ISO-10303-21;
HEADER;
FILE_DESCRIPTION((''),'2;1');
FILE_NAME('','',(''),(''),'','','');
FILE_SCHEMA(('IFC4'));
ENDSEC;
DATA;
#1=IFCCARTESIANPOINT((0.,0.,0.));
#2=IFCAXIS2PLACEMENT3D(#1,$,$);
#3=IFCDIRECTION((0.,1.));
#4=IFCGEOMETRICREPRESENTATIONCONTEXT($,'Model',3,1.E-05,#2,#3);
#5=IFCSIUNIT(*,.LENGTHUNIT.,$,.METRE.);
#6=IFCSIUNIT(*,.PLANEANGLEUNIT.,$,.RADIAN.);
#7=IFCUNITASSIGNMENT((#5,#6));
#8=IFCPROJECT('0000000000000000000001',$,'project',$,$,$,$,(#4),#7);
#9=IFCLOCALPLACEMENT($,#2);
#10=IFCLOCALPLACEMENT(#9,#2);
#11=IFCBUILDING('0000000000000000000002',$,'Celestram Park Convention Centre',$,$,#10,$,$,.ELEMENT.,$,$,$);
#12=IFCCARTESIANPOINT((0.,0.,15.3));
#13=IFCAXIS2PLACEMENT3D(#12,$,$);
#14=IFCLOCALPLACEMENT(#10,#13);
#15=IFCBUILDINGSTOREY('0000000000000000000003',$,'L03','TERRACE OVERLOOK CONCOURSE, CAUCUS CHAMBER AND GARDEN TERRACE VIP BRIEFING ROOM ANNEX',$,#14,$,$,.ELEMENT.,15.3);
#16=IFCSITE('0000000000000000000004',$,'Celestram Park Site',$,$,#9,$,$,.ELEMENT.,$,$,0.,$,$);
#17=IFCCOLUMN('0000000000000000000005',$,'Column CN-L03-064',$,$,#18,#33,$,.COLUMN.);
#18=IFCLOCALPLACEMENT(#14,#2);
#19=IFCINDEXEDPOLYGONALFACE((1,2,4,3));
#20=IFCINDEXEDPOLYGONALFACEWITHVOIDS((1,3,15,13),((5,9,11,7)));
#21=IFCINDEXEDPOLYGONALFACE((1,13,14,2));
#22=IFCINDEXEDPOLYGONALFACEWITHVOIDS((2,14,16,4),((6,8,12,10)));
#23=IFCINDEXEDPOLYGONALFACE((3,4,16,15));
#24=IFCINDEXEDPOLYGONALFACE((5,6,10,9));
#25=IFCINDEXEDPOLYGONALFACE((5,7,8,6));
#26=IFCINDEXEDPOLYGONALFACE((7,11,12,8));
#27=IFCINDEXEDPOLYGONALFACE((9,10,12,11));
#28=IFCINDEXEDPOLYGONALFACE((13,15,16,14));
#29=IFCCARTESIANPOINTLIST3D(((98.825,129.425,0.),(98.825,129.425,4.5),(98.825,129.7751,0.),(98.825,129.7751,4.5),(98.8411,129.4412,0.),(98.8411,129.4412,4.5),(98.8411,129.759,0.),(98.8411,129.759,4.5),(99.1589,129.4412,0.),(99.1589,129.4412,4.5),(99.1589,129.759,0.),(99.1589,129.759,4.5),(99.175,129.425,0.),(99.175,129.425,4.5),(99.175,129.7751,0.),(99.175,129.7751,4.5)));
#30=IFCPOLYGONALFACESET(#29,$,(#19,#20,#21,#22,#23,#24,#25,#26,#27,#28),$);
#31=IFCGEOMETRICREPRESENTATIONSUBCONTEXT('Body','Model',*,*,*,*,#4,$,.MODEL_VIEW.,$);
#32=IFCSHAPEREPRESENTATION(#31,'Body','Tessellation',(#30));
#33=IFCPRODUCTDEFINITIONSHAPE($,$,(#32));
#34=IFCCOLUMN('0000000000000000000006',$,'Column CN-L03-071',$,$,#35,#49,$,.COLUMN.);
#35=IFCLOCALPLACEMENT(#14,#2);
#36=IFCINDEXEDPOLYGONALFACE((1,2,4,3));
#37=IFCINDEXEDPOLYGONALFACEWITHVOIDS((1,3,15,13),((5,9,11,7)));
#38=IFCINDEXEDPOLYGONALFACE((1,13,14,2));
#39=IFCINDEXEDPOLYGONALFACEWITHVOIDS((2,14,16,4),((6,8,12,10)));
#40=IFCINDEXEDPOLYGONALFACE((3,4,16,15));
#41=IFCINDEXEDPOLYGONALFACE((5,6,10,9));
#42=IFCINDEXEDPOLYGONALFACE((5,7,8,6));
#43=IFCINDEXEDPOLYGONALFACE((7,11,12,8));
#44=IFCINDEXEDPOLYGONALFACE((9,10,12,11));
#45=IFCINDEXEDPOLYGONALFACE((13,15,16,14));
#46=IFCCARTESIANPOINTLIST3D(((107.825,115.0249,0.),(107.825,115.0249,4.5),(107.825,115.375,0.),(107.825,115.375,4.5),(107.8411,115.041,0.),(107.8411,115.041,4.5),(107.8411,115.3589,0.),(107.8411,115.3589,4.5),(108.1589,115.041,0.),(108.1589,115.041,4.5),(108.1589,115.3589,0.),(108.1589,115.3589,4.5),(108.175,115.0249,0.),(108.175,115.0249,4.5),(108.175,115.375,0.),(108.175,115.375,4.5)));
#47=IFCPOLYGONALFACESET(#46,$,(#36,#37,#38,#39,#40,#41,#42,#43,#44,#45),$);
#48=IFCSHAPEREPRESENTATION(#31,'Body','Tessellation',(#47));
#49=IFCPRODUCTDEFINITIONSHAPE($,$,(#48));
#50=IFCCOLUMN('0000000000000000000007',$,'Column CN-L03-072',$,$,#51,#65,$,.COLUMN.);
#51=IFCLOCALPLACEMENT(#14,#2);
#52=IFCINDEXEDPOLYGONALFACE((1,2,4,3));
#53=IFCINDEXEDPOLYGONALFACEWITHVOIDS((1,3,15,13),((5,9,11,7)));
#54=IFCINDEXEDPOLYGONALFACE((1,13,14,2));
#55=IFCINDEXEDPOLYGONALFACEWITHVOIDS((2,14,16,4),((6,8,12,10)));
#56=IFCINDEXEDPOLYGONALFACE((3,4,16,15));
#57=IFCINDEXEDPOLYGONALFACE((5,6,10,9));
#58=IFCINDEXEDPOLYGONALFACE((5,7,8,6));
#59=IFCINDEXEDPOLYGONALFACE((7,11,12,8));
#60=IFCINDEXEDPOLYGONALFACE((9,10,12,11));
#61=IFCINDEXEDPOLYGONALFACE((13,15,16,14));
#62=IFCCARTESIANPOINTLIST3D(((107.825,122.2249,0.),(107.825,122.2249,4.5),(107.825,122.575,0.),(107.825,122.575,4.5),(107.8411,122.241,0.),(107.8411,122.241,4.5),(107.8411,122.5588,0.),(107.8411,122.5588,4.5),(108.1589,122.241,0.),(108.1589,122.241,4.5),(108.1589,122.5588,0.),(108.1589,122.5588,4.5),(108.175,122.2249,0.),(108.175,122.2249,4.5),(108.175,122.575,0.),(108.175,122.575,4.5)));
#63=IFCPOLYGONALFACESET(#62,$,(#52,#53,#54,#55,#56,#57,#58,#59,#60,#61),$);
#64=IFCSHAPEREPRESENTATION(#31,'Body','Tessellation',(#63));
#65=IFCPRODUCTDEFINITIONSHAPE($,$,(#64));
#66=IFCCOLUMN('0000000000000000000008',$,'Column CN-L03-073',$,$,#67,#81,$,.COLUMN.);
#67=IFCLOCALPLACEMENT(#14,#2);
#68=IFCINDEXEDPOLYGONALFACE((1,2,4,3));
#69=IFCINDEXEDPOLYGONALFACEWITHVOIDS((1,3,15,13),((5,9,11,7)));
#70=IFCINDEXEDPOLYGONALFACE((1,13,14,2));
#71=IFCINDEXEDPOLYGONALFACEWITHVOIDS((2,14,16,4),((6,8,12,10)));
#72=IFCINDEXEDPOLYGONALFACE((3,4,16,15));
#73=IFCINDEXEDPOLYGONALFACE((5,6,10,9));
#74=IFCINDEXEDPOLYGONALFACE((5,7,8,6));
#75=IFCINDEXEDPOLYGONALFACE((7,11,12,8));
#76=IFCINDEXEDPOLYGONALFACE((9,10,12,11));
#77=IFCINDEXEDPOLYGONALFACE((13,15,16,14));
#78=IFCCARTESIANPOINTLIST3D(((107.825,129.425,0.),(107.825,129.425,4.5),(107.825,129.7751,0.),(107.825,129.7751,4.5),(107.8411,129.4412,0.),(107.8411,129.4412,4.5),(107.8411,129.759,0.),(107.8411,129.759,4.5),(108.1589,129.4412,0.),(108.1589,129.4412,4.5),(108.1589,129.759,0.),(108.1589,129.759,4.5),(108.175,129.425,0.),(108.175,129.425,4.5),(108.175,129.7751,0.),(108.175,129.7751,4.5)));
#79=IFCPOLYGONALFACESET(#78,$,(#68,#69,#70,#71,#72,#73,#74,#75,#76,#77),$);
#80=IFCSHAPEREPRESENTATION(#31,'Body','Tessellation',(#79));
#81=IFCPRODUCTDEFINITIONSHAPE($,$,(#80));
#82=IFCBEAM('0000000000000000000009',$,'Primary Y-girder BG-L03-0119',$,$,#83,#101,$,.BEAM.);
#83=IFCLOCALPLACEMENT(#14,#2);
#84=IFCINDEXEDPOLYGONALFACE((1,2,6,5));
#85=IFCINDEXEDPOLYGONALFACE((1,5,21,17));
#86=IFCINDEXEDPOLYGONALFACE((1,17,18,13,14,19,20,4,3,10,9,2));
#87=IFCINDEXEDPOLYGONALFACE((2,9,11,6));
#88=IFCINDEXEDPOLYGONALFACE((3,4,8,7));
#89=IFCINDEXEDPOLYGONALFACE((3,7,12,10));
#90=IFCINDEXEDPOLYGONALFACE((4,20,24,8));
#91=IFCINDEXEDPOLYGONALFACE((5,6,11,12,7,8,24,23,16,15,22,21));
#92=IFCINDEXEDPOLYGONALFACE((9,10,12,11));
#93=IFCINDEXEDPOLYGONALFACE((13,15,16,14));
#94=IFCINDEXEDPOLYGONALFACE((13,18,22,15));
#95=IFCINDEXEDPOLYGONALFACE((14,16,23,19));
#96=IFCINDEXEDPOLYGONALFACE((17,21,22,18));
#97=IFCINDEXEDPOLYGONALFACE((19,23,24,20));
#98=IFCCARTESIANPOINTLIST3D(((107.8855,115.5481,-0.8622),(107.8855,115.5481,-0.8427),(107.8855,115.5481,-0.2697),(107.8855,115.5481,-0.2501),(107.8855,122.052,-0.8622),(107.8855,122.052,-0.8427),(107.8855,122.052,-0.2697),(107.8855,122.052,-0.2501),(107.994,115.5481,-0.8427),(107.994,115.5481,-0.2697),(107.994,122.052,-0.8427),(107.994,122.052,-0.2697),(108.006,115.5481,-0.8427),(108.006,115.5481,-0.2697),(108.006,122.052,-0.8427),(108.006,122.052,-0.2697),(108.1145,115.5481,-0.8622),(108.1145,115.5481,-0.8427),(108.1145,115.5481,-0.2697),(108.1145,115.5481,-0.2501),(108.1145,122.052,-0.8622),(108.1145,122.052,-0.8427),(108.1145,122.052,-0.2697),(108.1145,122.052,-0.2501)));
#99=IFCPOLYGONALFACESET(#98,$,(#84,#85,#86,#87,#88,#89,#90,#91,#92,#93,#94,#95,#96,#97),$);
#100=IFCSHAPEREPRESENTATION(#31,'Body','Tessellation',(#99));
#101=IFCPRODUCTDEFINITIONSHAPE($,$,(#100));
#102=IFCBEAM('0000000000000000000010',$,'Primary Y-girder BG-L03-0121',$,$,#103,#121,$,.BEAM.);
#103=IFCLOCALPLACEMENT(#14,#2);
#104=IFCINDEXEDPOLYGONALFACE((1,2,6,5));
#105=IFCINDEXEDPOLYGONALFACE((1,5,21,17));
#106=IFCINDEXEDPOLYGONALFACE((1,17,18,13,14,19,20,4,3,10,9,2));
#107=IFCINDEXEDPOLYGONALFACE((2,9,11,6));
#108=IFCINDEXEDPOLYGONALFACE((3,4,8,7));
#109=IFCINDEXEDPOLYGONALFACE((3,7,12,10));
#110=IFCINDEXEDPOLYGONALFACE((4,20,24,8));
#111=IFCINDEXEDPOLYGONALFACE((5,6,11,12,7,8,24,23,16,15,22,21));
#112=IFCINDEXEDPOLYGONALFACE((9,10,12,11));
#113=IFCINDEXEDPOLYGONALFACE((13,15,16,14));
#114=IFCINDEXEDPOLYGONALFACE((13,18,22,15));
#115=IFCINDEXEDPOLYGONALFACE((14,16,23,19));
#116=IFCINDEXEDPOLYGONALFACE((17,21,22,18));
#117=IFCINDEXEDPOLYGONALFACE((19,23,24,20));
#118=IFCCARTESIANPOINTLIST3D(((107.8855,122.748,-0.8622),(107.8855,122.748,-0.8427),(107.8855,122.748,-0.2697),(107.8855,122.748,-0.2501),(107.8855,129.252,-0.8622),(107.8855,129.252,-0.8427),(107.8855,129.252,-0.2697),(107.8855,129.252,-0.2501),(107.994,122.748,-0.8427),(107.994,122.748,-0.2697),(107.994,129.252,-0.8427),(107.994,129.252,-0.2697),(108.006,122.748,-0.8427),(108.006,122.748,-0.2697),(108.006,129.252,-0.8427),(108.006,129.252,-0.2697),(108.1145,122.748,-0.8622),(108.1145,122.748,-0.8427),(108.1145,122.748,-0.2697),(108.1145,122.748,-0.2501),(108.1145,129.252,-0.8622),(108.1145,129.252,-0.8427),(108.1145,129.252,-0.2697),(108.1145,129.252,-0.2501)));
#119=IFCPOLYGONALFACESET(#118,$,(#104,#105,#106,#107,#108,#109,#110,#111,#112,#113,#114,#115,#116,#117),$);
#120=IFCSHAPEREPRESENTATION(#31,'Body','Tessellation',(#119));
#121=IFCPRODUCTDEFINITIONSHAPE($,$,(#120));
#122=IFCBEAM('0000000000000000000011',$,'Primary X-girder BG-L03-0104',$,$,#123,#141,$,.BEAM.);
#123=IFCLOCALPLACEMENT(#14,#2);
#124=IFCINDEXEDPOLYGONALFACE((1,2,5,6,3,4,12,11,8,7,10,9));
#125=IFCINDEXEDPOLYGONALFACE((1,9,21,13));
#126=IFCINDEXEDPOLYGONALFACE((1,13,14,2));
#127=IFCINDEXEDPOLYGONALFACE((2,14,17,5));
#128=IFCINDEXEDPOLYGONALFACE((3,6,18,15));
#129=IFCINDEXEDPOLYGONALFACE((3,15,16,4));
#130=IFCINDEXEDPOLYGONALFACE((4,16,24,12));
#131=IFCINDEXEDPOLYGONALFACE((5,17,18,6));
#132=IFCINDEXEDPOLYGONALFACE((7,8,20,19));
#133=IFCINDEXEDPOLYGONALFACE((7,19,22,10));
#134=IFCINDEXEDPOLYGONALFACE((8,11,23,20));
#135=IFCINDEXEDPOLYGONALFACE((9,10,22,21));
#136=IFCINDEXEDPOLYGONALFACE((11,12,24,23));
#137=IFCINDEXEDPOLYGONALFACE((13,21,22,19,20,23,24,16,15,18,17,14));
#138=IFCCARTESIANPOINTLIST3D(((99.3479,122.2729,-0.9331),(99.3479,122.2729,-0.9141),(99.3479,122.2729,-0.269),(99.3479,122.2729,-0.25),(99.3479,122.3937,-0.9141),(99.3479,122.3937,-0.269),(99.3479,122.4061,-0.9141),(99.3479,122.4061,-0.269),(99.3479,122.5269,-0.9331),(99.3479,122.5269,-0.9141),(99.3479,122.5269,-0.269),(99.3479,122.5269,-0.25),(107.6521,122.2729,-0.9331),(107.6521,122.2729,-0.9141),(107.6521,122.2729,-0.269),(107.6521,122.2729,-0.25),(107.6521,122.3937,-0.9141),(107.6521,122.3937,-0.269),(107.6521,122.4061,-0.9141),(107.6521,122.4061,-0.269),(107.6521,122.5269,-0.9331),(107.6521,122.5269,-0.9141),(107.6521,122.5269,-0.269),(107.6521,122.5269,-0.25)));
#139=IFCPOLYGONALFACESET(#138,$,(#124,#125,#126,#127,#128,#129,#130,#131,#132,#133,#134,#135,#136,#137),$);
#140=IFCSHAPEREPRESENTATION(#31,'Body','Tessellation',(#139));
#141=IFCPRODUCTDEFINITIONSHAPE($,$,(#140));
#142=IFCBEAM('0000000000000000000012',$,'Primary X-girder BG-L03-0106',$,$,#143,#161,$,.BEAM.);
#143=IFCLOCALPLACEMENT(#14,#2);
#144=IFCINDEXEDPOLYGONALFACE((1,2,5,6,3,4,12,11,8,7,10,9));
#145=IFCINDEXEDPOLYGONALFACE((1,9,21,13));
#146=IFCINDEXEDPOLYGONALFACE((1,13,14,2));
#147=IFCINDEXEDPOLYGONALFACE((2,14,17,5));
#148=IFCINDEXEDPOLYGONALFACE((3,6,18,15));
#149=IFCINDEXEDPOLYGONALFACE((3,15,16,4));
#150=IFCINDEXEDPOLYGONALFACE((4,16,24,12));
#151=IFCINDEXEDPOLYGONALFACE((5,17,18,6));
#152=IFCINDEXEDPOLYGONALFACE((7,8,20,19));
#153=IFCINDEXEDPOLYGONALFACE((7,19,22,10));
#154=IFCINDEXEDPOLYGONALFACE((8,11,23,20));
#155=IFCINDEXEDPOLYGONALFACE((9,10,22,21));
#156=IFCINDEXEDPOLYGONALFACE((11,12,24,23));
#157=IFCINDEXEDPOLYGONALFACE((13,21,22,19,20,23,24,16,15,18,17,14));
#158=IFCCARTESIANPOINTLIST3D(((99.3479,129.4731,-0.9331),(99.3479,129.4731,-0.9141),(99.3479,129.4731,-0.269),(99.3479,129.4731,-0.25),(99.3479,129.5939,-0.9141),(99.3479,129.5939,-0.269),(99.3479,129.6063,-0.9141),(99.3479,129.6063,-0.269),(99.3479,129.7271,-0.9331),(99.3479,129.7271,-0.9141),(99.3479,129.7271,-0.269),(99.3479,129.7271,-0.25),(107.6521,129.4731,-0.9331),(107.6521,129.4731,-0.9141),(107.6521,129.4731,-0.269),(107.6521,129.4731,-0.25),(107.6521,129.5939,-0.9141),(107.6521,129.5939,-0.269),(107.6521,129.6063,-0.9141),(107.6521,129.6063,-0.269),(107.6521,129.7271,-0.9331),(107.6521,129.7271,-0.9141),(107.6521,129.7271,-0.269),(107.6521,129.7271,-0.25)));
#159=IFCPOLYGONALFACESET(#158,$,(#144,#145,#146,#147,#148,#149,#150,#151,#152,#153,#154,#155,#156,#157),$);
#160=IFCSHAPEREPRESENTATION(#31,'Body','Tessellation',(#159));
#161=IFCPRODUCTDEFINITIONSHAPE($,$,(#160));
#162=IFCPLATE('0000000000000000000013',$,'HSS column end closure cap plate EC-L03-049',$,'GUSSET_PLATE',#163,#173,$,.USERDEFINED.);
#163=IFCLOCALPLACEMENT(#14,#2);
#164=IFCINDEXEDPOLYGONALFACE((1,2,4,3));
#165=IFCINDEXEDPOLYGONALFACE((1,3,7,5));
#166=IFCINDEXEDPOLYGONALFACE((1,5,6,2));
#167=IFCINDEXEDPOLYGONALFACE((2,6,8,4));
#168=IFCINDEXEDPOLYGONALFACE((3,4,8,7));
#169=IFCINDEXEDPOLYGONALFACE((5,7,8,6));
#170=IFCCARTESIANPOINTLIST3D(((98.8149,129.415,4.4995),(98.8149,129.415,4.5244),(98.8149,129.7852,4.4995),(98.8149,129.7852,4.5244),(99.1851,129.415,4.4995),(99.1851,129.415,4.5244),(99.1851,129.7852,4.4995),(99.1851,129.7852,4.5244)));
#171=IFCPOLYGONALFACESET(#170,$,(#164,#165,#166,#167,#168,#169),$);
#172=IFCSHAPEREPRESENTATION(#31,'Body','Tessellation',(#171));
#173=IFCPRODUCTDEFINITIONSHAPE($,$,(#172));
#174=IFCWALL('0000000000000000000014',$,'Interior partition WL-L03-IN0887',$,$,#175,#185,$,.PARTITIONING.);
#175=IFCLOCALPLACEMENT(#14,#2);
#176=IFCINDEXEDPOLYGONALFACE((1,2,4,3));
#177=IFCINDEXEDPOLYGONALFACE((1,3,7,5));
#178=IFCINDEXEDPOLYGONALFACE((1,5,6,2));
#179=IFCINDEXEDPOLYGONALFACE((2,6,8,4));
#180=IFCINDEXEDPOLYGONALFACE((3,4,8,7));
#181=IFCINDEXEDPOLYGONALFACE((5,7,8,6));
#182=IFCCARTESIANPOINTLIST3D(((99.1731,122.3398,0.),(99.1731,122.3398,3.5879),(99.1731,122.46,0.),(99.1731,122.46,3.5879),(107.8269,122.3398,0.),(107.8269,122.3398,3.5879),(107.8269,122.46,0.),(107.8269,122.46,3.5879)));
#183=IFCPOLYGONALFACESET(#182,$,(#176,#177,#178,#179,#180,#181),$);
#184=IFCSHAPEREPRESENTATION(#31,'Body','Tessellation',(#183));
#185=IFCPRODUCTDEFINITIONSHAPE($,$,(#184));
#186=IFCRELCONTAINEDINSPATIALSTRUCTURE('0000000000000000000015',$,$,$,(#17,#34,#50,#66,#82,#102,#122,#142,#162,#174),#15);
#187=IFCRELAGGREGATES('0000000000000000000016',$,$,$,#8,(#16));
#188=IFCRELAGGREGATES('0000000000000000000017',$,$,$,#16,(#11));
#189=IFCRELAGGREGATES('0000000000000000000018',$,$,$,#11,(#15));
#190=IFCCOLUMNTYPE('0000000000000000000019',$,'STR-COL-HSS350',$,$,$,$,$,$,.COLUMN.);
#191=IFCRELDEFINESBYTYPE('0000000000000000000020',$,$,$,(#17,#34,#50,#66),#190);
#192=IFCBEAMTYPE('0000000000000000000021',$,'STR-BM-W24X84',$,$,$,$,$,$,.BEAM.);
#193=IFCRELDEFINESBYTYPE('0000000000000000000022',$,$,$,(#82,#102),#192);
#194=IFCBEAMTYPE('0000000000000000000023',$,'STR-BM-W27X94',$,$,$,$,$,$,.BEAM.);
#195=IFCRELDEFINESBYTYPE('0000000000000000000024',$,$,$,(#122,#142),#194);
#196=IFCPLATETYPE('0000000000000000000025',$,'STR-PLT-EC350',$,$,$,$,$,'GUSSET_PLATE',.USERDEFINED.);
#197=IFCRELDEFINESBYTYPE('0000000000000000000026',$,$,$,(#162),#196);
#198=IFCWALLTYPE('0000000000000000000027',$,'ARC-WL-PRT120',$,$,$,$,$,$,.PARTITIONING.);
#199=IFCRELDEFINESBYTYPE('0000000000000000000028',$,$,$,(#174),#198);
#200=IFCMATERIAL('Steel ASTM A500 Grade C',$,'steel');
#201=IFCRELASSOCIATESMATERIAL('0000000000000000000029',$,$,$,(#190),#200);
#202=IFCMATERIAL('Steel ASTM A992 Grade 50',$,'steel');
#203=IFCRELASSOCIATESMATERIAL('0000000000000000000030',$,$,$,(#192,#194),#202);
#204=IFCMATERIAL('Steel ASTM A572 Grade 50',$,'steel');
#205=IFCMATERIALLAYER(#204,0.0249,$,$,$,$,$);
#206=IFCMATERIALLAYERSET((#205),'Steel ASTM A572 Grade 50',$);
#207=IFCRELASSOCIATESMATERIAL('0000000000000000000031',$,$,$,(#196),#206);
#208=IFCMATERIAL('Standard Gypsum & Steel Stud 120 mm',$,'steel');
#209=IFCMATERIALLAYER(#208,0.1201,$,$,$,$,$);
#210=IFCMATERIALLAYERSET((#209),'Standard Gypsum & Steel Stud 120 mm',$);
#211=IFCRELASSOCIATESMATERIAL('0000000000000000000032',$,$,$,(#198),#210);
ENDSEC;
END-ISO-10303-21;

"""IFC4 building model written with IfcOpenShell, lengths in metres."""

from ifc_helpers import new_model, si_unit, direction, frame, frame_2d, origin, origin_2d, place, context, subcontext, project, spatial, rectangle, hollow_rectangle, i_section, extrude, material, layer, layer_set, material_profile, profile_set, type_object, element, save


model = new_model("IFC4")

# Units and contexts
model_context = context("Model", 3, precision=1e-05, world=origin(), true_north=direction((0.0, 1.0)))
body_context = subcontext(model_context, "Body", "Model", "MODEL_VIEW")
ifc_project = project(units=[si_unit("LENGTHUNIT", "METRE"), si_unit("PLANEANGLEUNIT", "RADIAN")], contexts=[model_context])

# Site, building, storey
site_placement = place(None, origin())
site = spatial("IfcSite", under=ifc_project, at=site_placement, Name="Celestram Park Site", CompositionType="ELEMENT", RefElevation=0.0)
building_placement = place(site_placement, origin())
building = spatial("IfcBuilding", under=site, at=building_placement, Name="Celestram Park Convention Centre", CompositionType="ELEMENT")
storey_placement = place(building_placement, frame((0.0, 0.0, 15.3)))
storey = spatial("IfcBuildingStorey", under=building, at=storey_placement, Name="L03", Description="TERRACE OVERLOOK CONCOURSE, CAUCUS CHAMBER AND GARDEN TERRACE VIP BRIEFING ROOM ANNEX", CompositionType="ELEMENT", Elevation=15.3)

# Columns
ifc_material_1 = material(Name="Steel ASTM A500 Grade C", Category="steel")
ifc_material_profile_1 = material_profile(ifc_material_1, hollow_rectangle(XDim=0.3501, YDim=0.3501, WallThickness=0.0161, at=origin_2d()), Name="HSS350X350X16")
ifc_profile_set_1 = profile_set([ifc_material_profile_1], Name="Steel ASTM A500 Grade C")
column_type = type_object("IfcColumnType", Name="STR-COL-HSS350", PredefinedType="COLUMN", material=ifc_profile_set_1)
for number, where, z_axis, x_axis, name in (
    (1, (99.0, 129.6001, 0.0), (0.0, 0.0, 1.0), (1.0, 0.0, 0.0), "Column CN-L03-064"),
    (2, (108.0, 115.2, 0.0), (0.0, 0.0, 1.0), (1.0, 0.0, 0.0), "Column CN-L03-071"),
    (3, (108.0, 122.3999, 0.0), (0.0, 0.0, 1.0), (1.0, 0.0, 0.0), "Column CN-L03-072"),
    (4, (108.0, 129.6001, 0.0), (0.0, 0.0, 1.0), (1.0, 0.0, 0.0), "Column CN-L03-073"),
):
    element("IfcColumn", number, at=place(storey_placement, frame(where, z_axis=z_axis, x_axis=x_axis)), inside=storey, type_object=column_type, Name=name, PredefinedType="COLUMN", context=body_context, shape_type="SweptSolid", body=[
        extrude(hollow_rectangle(XDim=0.3501, YDim=0.3501, WallThickness=0.0161, at=origin_2d()), origin(), (0.0, 0.0, 1.0), 4.5),
    ])

# Beams
ifc_material_2 = material(Name="Steel ASTM A992 Grade 50", Category="steel")
ifc_material_profile_2 = material_profile(ifc_material_2, i_section(OverallWidth=0.229, OverallDepth=0.6121, WebThickness=0.012, FlangeThickness=0.0195, at=origin_2d()), Name="W24X84")
ifc_profile_set_2 = profile_set([ifc_material_profile_2], Name="Steel ASTM A992 Grade 50")
beam_type_1 = type_object("IfcBeamType", Name="STR-BM-W24X84", PredefinedType="BEAM", material=ifc_profile_set_2)
for number, where, z_axis, x_axis, name in (
    (5, (108.0, 115.5481, -0.5562), (0.0, 1.0, 0.0), (-1.0, 0.0, 0.0), "Primary Y-girder BG-L03-0119"),
    (6, (108.0, 122.748, -0.5562), (0.0, 1.0, 0.0), (-1.0, 0.0, 0.0), "Primary Y-girder BG-L03-0121"),
):
    element("IfcBeam", number, at=place(storey_placement, frame(where, z_axis=z_axis, x_axis=x_axis)), inside=storey, type_object=beam_type_1, Name=name, PredefinedType="BEAM", context=body_context, shape_type="SweptSolid", body=[
        extrude(i_section(OverallWidth=0.229, OverallDepth=0.6121, WebThickness=0.012, FlangeThickness=0.0195, at=origin_2d()), origin(), (0.0, 0.0, 1.0), 6.5039),
    ])
ifc_material_profile_3 = material_profile(ifc_material_2, i_section(OverallWidth=0.2539, OverallDepth=0.6831, WebThickness=0.0125, FlangeThickness=0.019, at=origin_2d()), Name="W27X94")
ifc_profile_set_3 = profile_set([ifc_material_profile_3], Name="Steel ASTM A992 Grade 50")
beam_type_2 = type_object("IfcBeamType", Name="STR-BM-W27X94", PredefinedType="BEAM", material=ifc_profile_set_3)
for number, where, z_axis, x_axis, name in (
    (7, (99.3479, 122.3999, -0.5916), (1.0, 0.0, 0.0), (0.0, 1.0, 0.0), "Primary X-girder BG-L03-0104"),
    (8, (99.3479, 129.6001, -0.5916), (1.0, 0.0, 0.0), (0.0, 1.0, 0.0), "Primary X-girder BG-L03-0106"),
):
    element("IfcBeam", number, at=place(storey_placement, frame(where, z_axis=z_axis, x_axis=x_axis)), inside=storey, type_object=beam_type_2, Name=name, PredefinedType="BEAM", context=body_context, shape_type="SweptSolid", body=[
        extrude(i_section(OverallWidth=0.2539, OverallDepth=0.6831, WebThickness=0.0125, FlangeThickness=0.019, at=origin_2d()), origin(), (0.0, 0.0, 1.0), 8.3042),
    ])

# Plate
ifc_material_3 = material(Name="Steel ASTM A572 Grade 50", Category="steel")
ifc_layer_1 = layer(ifc_material_3, 0.0249)
ifc_layer_set_1 = layer_set([ifc_layer_1], Name="Steel ASTM A572 Grade 50")
plate_type = type_object("IfcPlateType", Name="STR-PLT-EC350", ElementType="GUSSET_PLATE", PredefinedType="USERDEFINED", material=ifc_layer_set_1)
plate_placement = place(storey_placement, frame((99.0, 129.6001, 4.4995), z_axis=(0.0, 0.0, 1.0), x_axis=(1.0, 0.0, 0.0)))
element("IfcPlate", 9, at=plate_placement, inside=storey, type_object=plate_type, Name="HSS column end closure cap plate EC-L03-049", ObjectType="GUSSET_PLATE", PredefinedType="USERDEFINED", context=body_context, shape_type="SweptSolid", body=[
    extrude(rectangle(XDim=0.3701, YDim=0.3701, at=origin_2d()), origin(), (0.0, 0.0, 1.0), 0.0249),
])

# Wall
ifc_material_4 = material(Name="Standard Gypsum & Steel Stud 120 mm", Category="steel")
ifc_layer_2 = layer(ifc_material_4, 0.1201)
ifc_layer_set_2 = layer_set([ifc_layer_2], Name="Standard Gypsum & Steel Stud 120 mm")
wall_type_1 = type_object("IfcWallType", Name="ARC-WL-PRT120", PredefinedType="PARTITIONING", material=ifc_layer_set_2)
wall_1_placement = place(storey_placement, frame((99.1731, 122.3999, 0.0), z_axis=(0.0, 0.0, 1.0), x_axis=(1.0, 0.0, 0.0)))
element("IfcWall", 10, at=wall_1_placement, inside=storey, type_object=wall_type_1, Name="Interior partition WL-L03-IN0887", PredefinedType="PARTITIONING", context=body_context, shape_type="SweptSolid", body=[
    extrude(rectangle(XDim=8.6538, YDim=0.1201, at=frame_2d((4.3269, 0.0))), origin(), (0.0, 0.0, 1.0), 3.5879),
])

save(model, "model.ifc")
